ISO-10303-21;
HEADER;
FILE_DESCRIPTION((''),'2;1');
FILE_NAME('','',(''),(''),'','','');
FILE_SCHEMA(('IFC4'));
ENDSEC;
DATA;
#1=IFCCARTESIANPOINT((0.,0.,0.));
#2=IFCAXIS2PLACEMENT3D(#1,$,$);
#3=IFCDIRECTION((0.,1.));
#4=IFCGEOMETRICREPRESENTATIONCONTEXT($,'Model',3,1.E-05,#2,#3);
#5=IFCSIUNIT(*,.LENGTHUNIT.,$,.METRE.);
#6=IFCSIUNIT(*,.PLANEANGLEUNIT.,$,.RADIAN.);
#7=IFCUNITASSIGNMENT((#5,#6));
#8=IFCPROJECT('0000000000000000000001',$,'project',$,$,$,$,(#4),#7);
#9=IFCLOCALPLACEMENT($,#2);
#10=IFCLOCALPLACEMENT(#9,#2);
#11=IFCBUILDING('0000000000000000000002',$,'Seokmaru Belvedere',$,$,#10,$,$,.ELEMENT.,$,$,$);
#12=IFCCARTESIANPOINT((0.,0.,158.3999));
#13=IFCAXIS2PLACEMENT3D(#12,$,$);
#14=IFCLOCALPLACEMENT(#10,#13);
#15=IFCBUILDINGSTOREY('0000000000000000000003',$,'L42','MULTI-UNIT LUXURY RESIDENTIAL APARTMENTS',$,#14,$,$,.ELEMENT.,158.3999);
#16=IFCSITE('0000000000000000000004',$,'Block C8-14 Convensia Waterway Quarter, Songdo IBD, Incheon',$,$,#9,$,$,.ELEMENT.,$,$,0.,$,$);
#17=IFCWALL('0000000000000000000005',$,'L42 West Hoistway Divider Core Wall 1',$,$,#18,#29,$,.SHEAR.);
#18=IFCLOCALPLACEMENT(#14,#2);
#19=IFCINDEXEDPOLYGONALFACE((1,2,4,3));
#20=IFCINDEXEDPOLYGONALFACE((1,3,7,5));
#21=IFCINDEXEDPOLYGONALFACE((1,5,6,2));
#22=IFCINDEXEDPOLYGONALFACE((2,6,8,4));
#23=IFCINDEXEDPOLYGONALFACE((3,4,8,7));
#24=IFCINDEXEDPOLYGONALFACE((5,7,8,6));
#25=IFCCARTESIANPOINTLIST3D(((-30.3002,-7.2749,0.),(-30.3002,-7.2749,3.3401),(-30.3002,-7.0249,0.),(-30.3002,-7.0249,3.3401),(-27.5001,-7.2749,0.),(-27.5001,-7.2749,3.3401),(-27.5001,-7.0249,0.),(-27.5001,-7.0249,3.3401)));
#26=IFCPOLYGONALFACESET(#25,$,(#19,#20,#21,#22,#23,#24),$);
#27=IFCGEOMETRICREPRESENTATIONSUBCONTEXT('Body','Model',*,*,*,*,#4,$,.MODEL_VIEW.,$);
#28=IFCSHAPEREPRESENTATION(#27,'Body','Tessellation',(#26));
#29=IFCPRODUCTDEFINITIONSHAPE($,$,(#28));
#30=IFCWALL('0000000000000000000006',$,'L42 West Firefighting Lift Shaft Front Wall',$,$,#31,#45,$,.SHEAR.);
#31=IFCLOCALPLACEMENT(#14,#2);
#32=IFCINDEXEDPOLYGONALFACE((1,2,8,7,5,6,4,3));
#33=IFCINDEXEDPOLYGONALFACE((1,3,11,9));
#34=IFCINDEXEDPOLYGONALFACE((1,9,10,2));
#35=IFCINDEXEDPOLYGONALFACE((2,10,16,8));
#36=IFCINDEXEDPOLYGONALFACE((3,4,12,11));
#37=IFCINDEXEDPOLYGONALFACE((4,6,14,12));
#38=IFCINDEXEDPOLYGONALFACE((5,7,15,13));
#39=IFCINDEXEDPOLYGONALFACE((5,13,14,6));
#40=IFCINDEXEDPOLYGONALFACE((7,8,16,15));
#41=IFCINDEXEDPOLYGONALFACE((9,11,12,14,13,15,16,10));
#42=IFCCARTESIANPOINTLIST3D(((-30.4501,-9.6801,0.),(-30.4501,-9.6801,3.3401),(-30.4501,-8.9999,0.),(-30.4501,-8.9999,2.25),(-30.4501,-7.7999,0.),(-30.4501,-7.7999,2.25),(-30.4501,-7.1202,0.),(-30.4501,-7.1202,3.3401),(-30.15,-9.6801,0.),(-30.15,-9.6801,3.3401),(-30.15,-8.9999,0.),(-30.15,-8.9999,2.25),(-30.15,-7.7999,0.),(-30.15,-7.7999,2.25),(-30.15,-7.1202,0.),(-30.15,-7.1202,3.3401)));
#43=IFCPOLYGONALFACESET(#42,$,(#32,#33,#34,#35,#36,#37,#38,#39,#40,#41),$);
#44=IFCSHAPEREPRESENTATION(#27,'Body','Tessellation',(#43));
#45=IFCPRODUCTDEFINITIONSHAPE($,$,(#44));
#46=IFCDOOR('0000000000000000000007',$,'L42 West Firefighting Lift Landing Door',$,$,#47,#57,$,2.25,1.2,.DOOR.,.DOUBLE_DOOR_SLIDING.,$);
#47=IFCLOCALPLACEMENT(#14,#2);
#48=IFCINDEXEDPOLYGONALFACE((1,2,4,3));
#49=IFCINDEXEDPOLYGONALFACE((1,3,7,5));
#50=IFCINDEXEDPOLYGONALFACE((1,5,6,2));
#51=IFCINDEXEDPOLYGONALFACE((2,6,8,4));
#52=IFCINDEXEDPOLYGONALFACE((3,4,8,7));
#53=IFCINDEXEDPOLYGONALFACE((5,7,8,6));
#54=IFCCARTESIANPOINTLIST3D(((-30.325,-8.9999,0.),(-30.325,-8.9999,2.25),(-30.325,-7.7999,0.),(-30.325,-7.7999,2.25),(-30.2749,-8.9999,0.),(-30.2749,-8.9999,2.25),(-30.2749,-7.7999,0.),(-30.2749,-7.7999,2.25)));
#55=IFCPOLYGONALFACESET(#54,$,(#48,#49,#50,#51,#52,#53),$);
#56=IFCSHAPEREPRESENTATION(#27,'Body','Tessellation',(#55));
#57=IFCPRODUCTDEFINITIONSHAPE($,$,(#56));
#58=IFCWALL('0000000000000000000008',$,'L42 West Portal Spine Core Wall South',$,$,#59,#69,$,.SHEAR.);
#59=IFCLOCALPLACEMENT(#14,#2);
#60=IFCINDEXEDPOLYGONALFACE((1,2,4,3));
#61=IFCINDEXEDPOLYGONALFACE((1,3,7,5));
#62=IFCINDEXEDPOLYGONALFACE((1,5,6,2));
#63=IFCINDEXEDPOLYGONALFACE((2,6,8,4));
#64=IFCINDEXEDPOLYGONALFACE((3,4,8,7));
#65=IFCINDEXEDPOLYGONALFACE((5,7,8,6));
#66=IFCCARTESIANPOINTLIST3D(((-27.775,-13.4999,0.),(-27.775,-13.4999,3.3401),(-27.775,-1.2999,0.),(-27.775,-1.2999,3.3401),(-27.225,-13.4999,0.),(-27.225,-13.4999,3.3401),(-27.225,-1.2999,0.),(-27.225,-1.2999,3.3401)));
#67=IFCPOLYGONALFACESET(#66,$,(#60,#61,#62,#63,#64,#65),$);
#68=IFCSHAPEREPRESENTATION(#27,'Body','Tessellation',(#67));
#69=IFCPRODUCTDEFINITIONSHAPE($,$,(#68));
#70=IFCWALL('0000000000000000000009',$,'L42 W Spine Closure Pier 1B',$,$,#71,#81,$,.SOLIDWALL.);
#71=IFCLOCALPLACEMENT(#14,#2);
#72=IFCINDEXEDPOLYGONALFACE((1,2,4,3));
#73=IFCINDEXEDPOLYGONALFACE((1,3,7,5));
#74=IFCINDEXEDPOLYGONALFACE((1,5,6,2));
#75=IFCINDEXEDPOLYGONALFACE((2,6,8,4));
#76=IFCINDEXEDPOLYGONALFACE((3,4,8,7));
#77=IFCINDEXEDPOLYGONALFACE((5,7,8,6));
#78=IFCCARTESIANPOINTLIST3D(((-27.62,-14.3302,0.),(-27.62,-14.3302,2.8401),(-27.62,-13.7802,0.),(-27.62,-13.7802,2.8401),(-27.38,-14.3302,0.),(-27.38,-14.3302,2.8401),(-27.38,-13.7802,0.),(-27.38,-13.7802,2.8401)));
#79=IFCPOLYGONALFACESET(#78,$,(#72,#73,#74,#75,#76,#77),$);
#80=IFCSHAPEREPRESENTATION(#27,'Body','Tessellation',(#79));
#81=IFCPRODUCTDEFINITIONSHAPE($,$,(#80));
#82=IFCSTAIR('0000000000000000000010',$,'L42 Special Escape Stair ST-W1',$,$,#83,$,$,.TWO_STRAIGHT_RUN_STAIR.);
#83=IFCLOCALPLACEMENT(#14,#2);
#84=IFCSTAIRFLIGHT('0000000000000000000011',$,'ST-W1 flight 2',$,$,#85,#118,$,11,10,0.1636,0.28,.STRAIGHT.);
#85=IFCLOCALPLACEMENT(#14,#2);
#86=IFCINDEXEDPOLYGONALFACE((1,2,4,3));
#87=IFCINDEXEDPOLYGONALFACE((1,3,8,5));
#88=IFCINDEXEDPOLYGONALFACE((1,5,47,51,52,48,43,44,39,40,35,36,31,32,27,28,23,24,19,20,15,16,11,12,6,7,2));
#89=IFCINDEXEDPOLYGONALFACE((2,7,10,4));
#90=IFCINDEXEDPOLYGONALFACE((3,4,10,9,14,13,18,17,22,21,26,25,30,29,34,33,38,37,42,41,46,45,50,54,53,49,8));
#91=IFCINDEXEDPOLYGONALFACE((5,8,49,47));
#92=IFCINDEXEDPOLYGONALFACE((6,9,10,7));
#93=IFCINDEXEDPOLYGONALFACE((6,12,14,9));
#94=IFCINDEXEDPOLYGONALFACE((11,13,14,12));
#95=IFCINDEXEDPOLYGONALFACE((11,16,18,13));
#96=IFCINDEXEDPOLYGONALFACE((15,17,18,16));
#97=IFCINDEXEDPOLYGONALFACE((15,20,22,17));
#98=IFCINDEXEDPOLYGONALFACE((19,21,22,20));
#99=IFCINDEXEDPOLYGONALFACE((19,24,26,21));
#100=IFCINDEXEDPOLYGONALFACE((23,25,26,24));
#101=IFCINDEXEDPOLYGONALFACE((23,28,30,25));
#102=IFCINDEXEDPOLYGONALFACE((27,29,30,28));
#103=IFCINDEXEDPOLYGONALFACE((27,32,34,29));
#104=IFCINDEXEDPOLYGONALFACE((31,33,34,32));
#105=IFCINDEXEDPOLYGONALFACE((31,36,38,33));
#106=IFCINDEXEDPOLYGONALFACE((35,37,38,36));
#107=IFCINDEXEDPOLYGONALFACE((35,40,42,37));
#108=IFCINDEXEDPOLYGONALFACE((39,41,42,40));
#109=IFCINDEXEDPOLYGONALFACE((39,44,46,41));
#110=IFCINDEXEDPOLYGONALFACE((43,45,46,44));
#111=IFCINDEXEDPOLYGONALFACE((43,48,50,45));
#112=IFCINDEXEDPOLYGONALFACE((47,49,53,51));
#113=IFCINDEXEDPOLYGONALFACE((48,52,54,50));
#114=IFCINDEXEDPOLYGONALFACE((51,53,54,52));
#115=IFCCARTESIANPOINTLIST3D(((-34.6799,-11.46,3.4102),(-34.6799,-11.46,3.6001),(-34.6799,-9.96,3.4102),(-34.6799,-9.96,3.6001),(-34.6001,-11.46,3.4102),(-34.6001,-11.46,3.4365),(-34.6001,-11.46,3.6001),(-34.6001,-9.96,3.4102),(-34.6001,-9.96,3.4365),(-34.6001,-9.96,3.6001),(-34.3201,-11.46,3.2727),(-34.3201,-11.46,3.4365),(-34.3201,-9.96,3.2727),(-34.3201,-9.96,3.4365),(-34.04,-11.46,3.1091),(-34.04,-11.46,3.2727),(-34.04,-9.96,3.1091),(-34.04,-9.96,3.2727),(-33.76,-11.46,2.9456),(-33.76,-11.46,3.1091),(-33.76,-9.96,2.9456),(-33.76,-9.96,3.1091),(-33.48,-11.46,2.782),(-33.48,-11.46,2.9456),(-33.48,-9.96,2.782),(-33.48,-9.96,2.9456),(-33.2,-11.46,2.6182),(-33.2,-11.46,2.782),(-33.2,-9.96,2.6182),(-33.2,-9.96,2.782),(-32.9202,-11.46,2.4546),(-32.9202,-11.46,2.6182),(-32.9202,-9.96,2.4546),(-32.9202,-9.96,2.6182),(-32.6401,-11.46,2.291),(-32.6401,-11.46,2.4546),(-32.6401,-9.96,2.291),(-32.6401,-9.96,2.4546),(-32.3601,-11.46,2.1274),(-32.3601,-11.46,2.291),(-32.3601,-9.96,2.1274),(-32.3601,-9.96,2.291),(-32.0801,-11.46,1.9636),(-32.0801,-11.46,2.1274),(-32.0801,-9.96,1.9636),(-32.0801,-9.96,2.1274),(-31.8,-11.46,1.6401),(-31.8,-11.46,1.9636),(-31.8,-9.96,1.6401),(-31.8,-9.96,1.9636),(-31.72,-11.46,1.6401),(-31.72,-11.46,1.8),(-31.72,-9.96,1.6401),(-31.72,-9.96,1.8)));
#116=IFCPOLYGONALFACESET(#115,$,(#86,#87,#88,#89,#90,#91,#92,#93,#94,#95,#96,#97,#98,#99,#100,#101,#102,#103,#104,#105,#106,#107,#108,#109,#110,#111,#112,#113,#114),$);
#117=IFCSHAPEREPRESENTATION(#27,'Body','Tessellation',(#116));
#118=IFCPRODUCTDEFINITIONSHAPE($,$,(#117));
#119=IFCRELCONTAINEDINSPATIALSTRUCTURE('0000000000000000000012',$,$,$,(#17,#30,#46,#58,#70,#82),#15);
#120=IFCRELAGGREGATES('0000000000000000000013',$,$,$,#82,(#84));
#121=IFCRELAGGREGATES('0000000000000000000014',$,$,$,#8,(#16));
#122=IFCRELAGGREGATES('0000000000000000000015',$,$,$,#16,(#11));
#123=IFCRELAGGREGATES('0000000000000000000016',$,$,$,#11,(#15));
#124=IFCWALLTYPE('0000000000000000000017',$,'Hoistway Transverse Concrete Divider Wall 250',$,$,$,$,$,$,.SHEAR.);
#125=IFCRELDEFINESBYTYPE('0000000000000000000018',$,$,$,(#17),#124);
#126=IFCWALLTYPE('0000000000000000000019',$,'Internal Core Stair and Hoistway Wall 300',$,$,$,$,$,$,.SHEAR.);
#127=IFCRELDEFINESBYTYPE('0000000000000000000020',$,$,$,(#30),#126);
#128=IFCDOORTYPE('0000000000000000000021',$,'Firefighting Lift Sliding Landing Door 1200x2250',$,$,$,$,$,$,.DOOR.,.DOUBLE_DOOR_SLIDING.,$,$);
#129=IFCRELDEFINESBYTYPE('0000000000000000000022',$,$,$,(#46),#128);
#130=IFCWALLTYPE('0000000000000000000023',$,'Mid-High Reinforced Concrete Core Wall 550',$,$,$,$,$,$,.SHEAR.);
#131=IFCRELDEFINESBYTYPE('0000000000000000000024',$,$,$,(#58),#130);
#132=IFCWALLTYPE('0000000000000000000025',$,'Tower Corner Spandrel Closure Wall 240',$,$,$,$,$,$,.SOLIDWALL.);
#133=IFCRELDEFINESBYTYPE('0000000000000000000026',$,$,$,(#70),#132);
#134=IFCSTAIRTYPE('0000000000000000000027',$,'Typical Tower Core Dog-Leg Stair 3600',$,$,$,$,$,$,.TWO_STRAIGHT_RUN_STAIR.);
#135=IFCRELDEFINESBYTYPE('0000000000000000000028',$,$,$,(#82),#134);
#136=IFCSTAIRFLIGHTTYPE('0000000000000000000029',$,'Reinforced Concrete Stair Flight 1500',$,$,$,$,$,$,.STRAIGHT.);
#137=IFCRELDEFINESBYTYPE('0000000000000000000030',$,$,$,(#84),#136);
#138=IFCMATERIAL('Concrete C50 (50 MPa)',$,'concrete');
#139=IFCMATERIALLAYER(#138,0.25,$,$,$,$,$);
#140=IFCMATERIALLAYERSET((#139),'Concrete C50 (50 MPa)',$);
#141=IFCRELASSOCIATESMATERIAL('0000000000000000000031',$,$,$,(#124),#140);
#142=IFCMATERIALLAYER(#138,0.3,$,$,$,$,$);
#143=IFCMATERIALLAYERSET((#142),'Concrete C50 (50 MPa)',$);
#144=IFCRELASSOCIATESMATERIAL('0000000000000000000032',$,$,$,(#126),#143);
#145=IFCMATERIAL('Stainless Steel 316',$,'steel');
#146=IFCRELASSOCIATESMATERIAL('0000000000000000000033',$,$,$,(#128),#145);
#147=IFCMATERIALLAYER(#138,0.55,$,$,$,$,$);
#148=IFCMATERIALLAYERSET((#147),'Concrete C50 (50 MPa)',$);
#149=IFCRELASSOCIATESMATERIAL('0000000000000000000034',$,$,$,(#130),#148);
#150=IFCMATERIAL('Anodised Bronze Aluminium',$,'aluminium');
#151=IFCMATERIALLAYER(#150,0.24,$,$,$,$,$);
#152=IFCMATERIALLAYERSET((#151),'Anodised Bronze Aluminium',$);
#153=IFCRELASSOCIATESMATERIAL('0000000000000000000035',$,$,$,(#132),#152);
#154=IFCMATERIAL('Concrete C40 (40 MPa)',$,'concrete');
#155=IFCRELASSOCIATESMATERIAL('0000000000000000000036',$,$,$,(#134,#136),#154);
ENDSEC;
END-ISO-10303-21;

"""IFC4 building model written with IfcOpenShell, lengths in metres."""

from ifc_helpers import new_model, si_unit, direction, frame, frame_2d, origin, place, context, subcontext, project, spatial, polyline, rectangle, outline, extrude, source, transform, mapped, material, layer, layer_set, type_object, type_shapes, element, fill, aggregate, save


model = new_model("IFC4")

# Units and contexts
model_context = context("Model", 3, precision=1e-05, world=origin(), true_north=direction((0.0, 1.0)))
body_context = subcontext(model_context, "Body", "Model", "MODEL_VIEW")
ifc_project = project(units=[si_unit("LENGTHUNIT", "METRE"), si_unit("PLANEANGLEUNIT", "RADIAN")], contexts=[model_context])

# Site, building, storey
site_placement = place(None, origin())
site = spatial("IfcSite", under=ifc_project, at=site_placement, Name="Block C8-14 Convensia Waterway Quarter, Songdo IBD, Incheon", CompositionType="ELEMENT", RefElevation=0.0)
building_placement = place(site_placement, origin())
building = spatial("IfcBuilding", under=site, at=building_placement, Name="Seokmaru Belvedere", CompositionType="ELEMENT")
storey_placement = place(building_placement, frame((0.0, 0.0, 158.3999)))
storey = spatial("IfcBuildingStorey", under=building, at=storey_placement, Name="L42", Description="MULTI-UNIT LUXURY RESIDENTIAL APARTMENTS", CompositionType="ELEMENT", Elevation=158.3999)

# Shared definitions
ifc_material_1 = material(Name="Anodised Bronze Aluminium", Category="aluminium")

# Wall
ifc_material_2 = material(Name="Concrete C50 (50 MPa)", Category="concrete")
ifc_layer_1 = layer(ifc_material_2, 0.25)
ifc_layer_set_1 = layer_set([ifc_layer_1], Name="Concrete C50 (50 MPa)")
wall_type_1 = type_object("IfcWallType", Name="Hoistway Transverse Concrete Divider Wall 250", PredefinedType="SHEAR", material=ifc_layer_set_1)
wall_1_placement = place(storey_placement, frame((-30.3, -7.1499, 0.0), z_axis=(0.0, 0.0, 1.0), x_axis=(1.0, 0.0, 0.0)))
element("IfcWall", 1, at=wall_1_placement, inside=storey, type_object=wall_type_1, Name="L42 West Hoistway Divider Core Wall 1", PredefinedType="SHEAR", context=body_context, shape_type="SweptSolid", body=[
    extrude(rectangle(XDim=2.8, YDim=0.25, at=frame_2d((1.3999, 0.0))), origin(), (0.0, 0.0, 1.0), 3.3401),
])

# Wall, opening, door
ifc_layer_2 = layer(ifc_material_2, 0.3)
ifc_layer_set_2 = layer_set([ifc_layer_2], Name="Concrete C50 (50 MPa)")
wall_type_2 = type_object("IfcWallType", Name="Internal Core Stair and Hoistway Wall 300", PredefinedType="SHEAR", material=ifc_layer_set_2)
wall_2_placement = place(storey_placement, frame((-30.3, -9.6799, 0.0), z_axis=(0.0, 0.0, 1.0), x_axis=(0.0, 1.0, 0.0)))
wall_2 = element("IfcWall", 2, at=wall_2_placement, inside=storey, type_object=wall_type_2, Name="L42 West Firefighting Lift Shaft Front Wall", PredefinedType="SHEAR", context=body_context, shape_type="SweptSolid", body=[
    extrude(rectangle(XDim=2.5598, YDim=0.3, at=frame_2d((1.2798, 0.0))), origin(), (0.0, 0.0, 1.0), 3.3401),
])
opening_placement = place(wall_2_placement, frame((0.6799, 0.0, 0.0)))
opening = element("IfcOpeningElement", 3, at=opening_placement, cuts=wall_2, PredefinedType="OPENING", context=body_context, shape_type="SweptSolid", body=[
    extrude(rectangle(XDim=1.2, YDim=2.25, at=frame_2d((0.6001, 1.125))), frame((0.0, 0.1602, 0.0), z_axis=(0.0, -1.0, 0.0), x_axis=(1.0, 0.0, 0.0)), (0.0, 0.0, 1.0), 0.3201),
])
ifc_material_3 = material(Name="Stainless Steel 316", Category="steel")
door_type = type_object("IfcDoorType", Name="Firefighting Lift Sliding Landing Door 1200x2250", OperationType="DOUBLE_DOOR_SLIDING", PredefinedType="DOOR", material=ifc_material_3)
shared_shape_1 = source(origin(), body_context, "Body", "SweptSolid", [
    extrude(rectangle(XDim=1.2, YDim=2.25, at=frame_2d((0.6001, 1.125))), frame((0.0, 0.0249, 0.0), z_axis=(0.0, -1.0, 0.0), x_axis=(1.0, 0.0, 0.0)), (0.0, 0.0, 1.0), 0.05),
])
type_shapes(door_type, [shared_shape_1])
door_placement = place(opening_placement, origin())
door = element("IfcDoor", 4, at=door_placement, inside=storey, type_object=door_type, Name="L42 West Firefighting Lift Landing Door", OperationType="DOUBLE_DOOR_SLIDING", OverallHeight=2.25, OverallWidth=1.2, PredefinedType="DOOR", context=body_context, shape_type="MappedRepresentation", body=[
    mapped(shared_shape_1, transform((0.0, 0.0, 0.0), scale=1.0)),
])
fill(opening, door)

# Walls
ifc_layer_3 = layer(ifc_material_2, 0.55)
ifc_layer_set_3 = layer_set([ifc_layer_3], Name="Concrete C50 (50 MPa)")
wall_type_3 = type_object("IfcWallType", Name="Mid-High Reinforced Concrete Core Wall 550", PredefinedType="SHEAR", material=ifc_layer_set_3)
wall_3_placement = place(storey_placement, frame((-27.5, -13.5, 0.0), z_axis=(0.0, 0.0, 1.0), x_axis=(0.0, 1.0, 0.0)))
element("IfcWall", 5, at=wall_3_placement, inside=storey, type_object=wall_type_3, Name="L42 West Portal Spine Core Wall South", PredefinedType="SHEAR", context=body_context, shape_type="SweptSolid", body=[
    extrude(rectangle(XDim=12.2, YDim=0.55, at=frame_2d((6.1001, 0.0))), origin(), (0.0, 0.0, 1.0), 3.3401),
])
ifc_layer_4 = layer(ifc_material_1, 0.24)
ifc_layer_set_4 = layer_set([ifc_layer_4], Name="Anodised Bronze Aluminium")
wall_type_4 = type_object("IfcWallType", Name="Tower Corner Spandrel Closure Wall 240", PredefinedType="SOLIDWALL", material=ifc_layer_set_4)
wall_4_placement = place(storey_placement, frame((-27.5, -14.3301, 0.0), z_axis=(0.0, 0.0, 1.0), x_axis=(0.0, 1.0, 0.0)))
element("IfcWall", 6, at=wall_4_placement, inside=storey, type_object=wall_type_4, Name="L42 W Spine Closure Pier 1B", PredefinedType="SOLIDWALL", context=body_context, shape_type="SweptSolid", body=[
    extrude(rectangle(XDim=0.55, YDim=0.24, at=frame_2d((0.2749, 0.0))), origin(), (0.0, 0.0, 1.0), 2.8401),
])

# Stair, stair flight
ifc_material_4 = material(Name="Concrete C40 (40 MPa)", Category="concrete")
stair_type = type_object("IfcStairType", Name="Typical Tower Core Dog-Leg Stair 3600", PredefinedType="TWO_STRAIGHT_RUN_STAIR", material=ifc_material_4)
stair_placement = place(storey_placement, origin())
stair = element("IfcStair", 7, at=stair_placement, inside=storey, type_object=stair_type, Name="L42 Special Escape Stair ST-W1", PredefinedType="TWO_STRAIGHT_RUN_STAIR")
stair_flight_type = type_object("IfcStairFlightType", Name="Reinforced Concrete Stair Flight 1500", PredefinedType="STRAIGHT", material=ifc_material_4)
stair_flight_placement = place(storey_placement, frame((-31.8, -10.71, 1.8), z_axis=(0.0, 0.0, 1.0), x_axis=(-1.0, 0.0, 0.0)))
stair_flight = element("IfcStairFlight", 8, at=stair_flight_placement, type_object=stair_flight_type, Name="ST-W1 flight 2", NumberOfRisers=11, NumberOfTreads=10, PredefinedType="STRAIGHT", RiserHeight=0.1636, TreadLength=0.28, context=body_context, shape_type="SweptSolid", body=[
    extrude(outline(polyline([(-0.0801, 0.0), (0.0, 0.1636), (0.28, 0.1636), (0.28, 0.3274), (0.5601, 0.3274), (0.5601, 0.491), (0.8401, 0.491), (0.8401, 0.6545), (1.1201, 0.6545), (1.1201, 0.8181), (1.3999, 0.8181), (1.3999, 0.9819), (1.6799, 0.9819), (1.6799, 1.1455), (1.96, 1.1455), (1.96, 1.3091), (2.24, 1.3091), (2.24, 1.4727), (2.52, 1.4727), (2.52, 1.6365), (2.8, 1.6365), (2.8, 1.8), (2.8799, 1.8), (2.8799, 1.6101), (2.8, 1.6101), (0.0, -0.1599), (-0.0801, -0.1599), (-0.0801, 0.0)])), frame((0.0, 0.75, 0.0), z_axis=(0.0, -1.0, 0.0), x_axis=(1.0, 0.0, 0.0)), (0.0, 0.0, 1.0), 1.5),
])
aggregate(stair, [stair_flight])

save(model, "model.ifc")
